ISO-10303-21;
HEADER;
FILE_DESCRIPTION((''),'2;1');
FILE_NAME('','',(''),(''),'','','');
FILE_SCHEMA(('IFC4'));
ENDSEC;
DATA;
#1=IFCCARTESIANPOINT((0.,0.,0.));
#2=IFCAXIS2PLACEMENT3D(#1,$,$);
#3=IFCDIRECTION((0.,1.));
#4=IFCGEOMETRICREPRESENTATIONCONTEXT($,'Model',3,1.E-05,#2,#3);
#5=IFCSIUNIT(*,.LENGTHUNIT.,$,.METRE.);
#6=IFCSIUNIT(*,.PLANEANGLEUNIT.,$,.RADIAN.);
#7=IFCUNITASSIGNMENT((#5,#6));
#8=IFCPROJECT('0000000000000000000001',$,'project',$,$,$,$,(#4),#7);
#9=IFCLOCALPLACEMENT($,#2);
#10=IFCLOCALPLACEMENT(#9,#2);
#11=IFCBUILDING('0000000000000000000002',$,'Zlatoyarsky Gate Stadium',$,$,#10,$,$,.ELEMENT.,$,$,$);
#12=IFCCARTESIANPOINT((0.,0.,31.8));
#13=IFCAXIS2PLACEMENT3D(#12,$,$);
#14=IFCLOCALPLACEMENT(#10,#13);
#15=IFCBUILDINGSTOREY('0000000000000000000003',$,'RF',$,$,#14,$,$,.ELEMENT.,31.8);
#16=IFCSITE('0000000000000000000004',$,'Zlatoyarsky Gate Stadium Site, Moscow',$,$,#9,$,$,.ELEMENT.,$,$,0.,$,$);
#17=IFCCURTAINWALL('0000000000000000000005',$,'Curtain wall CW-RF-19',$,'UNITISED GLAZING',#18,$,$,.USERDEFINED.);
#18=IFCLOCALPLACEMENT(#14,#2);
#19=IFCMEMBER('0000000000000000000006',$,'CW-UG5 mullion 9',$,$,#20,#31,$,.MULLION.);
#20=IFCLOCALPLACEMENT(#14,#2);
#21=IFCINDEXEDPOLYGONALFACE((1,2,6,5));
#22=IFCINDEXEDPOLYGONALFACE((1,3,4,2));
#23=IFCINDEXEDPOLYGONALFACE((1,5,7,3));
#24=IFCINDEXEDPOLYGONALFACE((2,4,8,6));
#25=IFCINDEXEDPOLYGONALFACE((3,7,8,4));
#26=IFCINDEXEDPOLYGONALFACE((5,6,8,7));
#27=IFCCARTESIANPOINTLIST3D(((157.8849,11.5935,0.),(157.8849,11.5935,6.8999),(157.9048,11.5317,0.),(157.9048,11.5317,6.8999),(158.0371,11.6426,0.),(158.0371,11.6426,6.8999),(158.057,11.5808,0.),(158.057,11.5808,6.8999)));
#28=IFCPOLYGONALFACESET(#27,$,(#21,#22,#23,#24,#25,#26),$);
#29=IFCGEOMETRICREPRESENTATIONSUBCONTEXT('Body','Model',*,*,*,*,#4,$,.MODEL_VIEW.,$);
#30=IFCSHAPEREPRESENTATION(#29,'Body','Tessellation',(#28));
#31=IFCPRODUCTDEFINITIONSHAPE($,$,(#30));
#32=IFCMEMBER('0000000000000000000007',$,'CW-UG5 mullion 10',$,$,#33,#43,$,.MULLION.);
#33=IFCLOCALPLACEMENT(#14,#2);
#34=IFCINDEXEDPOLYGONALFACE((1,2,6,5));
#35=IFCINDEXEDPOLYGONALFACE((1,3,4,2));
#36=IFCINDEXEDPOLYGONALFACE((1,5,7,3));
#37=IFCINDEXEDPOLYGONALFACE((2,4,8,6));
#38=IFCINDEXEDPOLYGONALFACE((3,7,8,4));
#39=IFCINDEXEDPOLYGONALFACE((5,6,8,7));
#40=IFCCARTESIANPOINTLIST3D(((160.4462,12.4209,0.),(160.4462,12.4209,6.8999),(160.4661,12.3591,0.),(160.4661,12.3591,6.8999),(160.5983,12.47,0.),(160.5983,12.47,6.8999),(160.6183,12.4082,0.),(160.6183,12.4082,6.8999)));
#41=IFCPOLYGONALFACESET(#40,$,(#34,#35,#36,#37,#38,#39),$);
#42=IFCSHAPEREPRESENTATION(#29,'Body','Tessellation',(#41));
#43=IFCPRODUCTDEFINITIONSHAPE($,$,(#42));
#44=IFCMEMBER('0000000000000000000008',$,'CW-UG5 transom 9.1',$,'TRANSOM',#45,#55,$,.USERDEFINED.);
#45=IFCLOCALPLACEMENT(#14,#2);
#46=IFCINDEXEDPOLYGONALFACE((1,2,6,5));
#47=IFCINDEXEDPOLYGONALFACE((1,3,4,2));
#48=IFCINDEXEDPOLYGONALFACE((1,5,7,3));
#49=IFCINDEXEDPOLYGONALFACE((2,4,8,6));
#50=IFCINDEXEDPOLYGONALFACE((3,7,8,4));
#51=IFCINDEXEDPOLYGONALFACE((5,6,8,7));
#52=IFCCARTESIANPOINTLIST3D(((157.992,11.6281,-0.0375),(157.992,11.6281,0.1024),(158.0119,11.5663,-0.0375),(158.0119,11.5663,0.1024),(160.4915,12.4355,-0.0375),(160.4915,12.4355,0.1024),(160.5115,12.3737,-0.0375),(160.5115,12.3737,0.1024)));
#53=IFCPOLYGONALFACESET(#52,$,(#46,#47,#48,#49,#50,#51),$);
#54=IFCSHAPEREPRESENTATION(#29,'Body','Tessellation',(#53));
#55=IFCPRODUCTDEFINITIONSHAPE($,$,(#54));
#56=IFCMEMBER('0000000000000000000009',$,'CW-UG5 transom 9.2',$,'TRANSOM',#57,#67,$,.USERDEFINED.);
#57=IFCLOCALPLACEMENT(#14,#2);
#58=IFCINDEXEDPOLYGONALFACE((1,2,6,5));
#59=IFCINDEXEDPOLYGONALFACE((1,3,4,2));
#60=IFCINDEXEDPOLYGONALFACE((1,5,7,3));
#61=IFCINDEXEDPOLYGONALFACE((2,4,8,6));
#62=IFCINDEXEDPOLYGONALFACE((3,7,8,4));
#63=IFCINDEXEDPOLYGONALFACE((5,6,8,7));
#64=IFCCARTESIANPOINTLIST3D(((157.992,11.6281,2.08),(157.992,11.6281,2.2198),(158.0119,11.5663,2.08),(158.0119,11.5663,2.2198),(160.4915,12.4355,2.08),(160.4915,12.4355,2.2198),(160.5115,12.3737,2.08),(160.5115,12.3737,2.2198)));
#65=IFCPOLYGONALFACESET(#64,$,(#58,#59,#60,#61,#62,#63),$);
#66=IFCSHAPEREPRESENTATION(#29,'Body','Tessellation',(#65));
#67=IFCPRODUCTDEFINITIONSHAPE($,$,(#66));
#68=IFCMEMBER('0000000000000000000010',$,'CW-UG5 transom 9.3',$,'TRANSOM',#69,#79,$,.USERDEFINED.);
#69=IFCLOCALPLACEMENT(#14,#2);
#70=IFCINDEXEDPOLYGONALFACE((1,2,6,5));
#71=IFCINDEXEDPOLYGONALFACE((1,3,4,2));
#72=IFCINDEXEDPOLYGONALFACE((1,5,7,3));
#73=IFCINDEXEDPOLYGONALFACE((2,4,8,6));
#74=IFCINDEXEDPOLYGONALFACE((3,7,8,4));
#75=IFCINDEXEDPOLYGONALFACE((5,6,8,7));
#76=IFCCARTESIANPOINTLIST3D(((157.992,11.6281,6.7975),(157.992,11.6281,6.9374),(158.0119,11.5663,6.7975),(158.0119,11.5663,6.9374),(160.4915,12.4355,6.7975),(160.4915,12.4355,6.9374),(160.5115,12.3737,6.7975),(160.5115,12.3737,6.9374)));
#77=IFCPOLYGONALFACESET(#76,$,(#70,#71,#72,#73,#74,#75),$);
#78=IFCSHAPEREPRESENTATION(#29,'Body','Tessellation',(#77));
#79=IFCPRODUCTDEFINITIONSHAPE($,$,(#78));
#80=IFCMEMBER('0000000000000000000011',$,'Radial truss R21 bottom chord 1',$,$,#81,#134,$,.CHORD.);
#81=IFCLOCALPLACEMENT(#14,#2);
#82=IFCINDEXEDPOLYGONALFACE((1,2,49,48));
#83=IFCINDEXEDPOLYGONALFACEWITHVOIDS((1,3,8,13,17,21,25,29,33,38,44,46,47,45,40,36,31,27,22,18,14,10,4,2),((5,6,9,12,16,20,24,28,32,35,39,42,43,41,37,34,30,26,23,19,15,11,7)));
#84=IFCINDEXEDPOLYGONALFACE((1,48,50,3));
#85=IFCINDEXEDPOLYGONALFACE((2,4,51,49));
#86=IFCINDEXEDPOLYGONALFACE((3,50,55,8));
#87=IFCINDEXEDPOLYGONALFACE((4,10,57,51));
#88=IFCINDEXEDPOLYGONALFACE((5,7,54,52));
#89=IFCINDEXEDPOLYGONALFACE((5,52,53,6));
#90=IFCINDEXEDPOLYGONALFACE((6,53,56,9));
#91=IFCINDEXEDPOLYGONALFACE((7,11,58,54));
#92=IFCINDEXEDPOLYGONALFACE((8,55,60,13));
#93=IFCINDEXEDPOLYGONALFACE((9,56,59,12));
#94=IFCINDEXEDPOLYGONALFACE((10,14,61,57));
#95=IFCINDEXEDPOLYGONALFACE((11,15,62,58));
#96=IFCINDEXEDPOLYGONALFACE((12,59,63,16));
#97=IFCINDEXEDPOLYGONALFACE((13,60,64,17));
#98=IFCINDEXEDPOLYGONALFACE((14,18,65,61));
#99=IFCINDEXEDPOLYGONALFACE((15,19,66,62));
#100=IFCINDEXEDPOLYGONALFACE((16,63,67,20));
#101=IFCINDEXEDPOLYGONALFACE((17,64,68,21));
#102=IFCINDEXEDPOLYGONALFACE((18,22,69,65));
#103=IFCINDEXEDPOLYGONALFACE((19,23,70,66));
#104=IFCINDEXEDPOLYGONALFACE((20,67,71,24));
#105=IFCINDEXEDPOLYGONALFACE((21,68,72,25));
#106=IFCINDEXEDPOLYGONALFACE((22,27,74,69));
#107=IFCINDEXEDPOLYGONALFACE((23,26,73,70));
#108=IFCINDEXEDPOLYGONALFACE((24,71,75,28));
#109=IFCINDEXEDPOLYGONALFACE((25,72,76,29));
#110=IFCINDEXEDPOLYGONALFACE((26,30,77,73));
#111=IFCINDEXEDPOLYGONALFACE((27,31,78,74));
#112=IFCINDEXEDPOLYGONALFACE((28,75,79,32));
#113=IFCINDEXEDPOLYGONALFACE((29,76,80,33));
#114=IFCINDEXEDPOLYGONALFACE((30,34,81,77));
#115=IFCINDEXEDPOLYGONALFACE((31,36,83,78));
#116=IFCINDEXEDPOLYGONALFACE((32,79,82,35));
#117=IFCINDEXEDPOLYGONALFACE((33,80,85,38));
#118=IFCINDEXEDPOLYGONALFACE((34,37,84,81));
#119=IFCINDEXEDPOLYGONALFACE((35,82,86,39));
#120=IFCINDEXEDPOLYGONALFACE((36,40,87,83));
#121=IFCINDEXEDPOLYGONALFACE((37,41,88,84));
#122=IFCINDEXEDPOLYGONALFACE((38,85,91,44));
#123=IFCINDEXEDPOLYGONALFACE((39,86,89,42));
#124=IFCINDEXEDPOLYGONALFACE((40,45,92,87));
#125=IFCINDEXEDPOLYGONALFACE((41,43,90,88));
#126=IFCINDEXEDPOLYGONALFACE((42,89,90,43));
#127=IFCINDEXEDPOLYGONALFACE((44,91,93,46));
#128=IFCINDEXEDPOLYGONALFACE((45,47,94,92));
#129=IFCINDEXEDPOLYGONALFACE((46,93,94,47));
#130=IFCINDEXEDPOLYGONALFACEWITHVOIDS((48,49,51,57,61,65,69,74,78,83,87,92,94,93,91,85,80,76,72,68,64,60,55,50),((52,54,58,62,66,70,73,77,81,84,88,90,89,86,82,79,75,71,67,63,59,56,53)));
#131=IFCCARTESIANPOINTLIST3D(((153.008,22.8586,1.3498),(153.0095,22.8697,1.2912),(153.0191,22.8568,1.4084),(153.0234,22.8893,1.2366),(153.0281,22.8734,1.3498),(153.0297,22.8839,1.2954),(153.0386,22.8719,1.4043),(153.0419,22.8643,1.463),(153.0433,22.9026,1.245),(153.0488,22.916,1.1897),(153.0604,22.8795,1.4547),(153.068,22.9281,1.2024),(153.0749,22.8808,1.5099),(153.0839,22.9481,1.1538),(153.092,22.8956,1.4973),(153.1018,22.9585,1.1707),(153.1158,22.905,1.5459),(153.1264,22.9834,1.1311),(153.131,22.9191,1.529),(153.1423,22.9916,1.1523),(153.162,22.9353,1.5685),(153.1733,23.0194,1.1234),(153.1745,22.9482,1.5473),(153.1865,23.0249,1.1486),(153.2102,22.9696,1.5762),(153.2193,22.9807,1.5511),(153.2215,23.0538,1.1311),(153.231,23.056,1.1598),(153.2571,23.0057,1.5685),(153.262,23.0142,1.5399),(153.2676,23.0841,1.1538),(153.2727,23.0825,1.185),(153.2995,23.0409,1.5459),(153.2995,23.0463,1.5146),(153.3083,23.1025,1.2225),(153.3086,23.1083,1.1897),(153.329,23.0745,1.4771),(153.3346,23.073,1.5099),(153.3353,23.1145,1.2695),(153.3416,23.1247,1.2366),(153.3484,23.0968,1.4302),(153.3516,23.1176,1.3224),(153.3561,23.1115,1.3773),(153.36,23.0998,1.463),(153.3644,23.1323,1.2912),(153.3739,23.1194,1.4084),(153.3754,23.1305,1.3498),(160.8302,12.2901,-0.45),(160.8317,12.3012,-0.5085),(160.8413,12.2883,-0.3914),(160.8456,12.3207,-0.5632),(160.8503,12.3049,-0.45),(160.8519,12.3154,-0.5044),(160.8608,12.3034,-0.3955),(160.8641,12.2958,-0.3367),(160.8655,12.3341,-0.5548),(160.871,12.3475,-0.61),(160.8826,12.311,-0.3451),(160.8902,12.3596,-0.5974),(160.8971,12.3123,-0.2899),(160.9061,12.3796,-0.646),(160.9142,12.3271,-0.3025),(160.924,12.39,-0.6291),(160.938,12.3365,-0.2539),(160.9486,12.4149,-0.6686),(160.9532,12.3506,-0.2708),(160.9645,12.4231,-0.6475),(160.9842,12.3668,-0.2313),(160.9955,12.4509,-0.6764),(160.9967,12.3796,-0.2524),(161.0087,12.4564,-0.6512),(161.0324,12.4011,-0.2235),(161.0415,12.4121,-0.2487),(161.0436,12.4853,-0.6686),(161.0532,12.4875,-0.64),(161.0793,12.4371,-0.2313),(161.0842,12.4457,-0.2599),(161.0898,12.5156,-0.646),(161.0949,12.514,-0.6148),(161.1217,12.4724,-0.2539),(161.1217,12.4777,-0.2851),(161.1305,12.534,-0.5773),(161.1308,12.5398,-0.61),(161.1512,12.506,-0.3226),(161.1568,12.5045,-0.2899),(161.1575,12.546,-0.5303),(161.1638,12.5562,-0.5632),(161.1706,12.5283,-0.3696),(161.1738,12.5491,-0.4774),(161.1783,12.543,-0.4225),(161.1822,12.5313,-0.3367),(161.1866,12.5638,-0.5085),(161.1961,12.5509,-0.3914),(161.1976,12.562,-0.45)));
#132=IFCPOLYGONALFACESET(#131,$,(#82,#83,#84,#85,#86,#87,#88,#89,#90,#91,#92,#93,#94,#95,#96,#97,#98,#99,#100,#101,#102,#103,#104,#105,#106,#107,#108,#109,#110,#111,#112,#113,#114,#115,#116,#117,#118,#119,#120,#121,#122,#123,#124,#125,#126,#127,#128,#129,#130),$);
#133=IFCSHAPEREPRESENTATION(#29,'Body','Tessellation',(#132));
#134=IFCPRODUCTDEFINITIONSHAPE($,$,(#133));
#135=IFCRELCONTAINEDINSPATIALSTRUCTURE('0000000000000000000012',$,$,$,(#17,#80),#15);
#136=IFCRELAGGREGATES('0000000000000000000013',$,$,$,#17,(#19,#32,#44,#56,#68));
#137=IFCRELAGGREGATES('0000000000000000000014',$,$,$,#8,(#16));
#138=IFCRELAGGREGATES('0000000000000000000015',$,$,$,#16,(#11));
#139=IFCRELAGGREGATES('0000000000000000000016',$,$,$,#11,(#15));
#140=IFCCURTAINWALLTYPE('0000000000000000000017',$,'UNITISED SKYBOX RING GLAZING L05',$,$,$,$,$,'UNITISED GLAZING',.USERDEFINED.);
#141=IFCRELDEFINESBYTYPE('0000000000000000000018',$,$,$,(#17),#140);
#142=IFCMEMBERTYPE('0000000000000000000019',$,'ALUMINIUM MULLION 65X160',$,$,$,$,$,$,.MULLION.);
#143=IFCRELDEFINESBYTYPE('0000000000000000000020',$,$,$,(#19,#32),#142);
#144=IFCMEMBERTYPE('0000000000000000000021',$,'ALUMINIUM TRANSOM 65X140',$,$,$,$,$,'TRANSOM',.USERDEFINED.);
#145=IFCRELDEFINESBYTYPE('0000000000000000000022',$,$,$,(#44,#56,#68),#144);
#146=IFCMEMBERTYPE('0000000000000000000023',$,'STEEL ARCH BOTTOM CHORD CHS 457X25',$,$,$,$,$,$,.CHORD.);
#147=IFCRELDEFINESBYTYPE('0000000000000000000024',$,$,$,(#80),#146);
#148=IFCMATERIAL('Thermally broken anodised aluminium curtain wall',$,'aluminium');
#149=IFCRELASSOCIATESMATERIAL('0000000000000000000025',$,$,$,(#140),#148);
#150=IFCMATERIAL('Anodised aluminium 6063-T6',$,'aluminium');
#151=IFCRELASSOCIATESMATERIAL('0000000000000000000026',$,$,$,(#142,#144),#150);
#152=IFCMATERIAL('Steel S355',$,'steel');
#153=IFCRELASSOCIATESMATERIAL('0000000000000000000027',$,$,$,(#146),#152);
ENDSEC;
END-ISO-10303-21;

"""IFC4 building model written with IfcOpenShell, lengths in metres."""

from ifc_helpers import new_model, si_unit, direction, frame, origin, origin_2d, place, context, subcontext, project, spatial, rectangle, hollow_circle, extrude, material, material_profile, profile_set, type_object, element, aggregate, save


model = new_model("IFC4")

# Units and contexts
model_context = context("Model", 3, precision=1e-05, world=origin(), true_north=direction((0.0, 1.0)))
body_context = subcontext(model_context, "Body", "Model", "MODEL_VIEW")
ifc_project = project(units=[si_unit("LENGTHUNIT", "METRE"), si_unit("PLANEANGLEUNIT", "RADIAN")], contexts=[model_context])

# Site, building, storey
site_placement = place(None, origin())
site = spatial("IfcSite", under=ifc_project, at=site_placement, Name="Zlatoyarsky Gate Stadium Site, Moscow", CompositionType="ELEMENT", RefElevation=0.0)
building_placement = place(site_placement, origin())
building = spatial("IfcBuilding", under=site, at=building_placement, Name="Zlatoyarsky Gate Stadium", CompositionType="ELEMENT")
storey_placement = place(building_placement, frame((0.0, 0.0, 31.8)))
storey = spatial("IfcBuildingStorey", under=building, at=storey_placement, Name="RF", CompositionType="ELEMENT", Elevation=31.8)

# Curtain wall, members
ifc_material_1 = material(Name="Thermally broken anodised aluminium curtain wall", Category="aluminium")
curtain_wall_type = type_object("IfcCurtainWallType", Name="UNITISED SKYBOX RING GLAZING L05", ElementType="UNITISED GLAZING", PredefinedType="USERDEFINED", material=ifc_material_1)
curtain_wall_placement = place(storey_placement, origin())
curtain_wall = element("IfcCurtainWall", 1, at=curtain_wall_placement, inside=storey, type_object=curtain_wall_type, Name="Curtain wall CW-RF-19", ObjectType="UNITISED GLAZING", PredefinedType="USERDEFINED")
ifc_material_2 = material(Name="Anodised aluminium 6063-T6", Category="aluminium")
ifc_material_profile_1 = material_profile(ifc_material_2, rectangle(XDim=0.0649, YDim=0.1599, at=origin_2d()), Name="ALU 65X160")
ifc_profile_set_1 = profile_set([ifc_material_profile_1], Name="Anodised aluminium 6063-T6")
member_type_1 = type_object("IfcMemberType", Name="ALUMINIUM MULLION 65X160", PredefinedType="MULLION", material=ifc_profile_set_1)
member_1_placement = place(storey_placement, frame((157.9709, 11.5872, 0.0), z_axis=(0.0, 0.0, 1.0), x_axis=(-0.307352, 0.951596, 0.0)))
member_1 = element("IfcMember", 2, at=member_1_placement, type_object=member_type_1, Name="CW-UG5 mullion 9", PredefinedType="MULLION", context=body_context, shape_type="SweptSolid", body=[
    extrude(rectangle(XDim=0.0649, YDim=0.1599, at=origin_2d()), origin(), (0.0, 0.0, 1.0), 6.8999),
])
member_2_placement = place(storey_placement, frame((160.5322, 12.4146, 0.0), z_axis=(0.0, 0.0, 1.0), x_axis=(-0.307352, 0.951596, 0.0)))
member_2 = element("IfcMember", 3, at=member_2_placement, type_object=member_type_1, Name="CW-UG5 mullion 10", PredefinedType="MULLION", context=body_context, shape_type="SweptSolid", body=[
    extrude(rectangle(XDim=0.0649, YDim=0.1599, at=origin_2d()), origin(), (0.0, 0.0, 1.0), 6.8999),
])
ifc_material_profile_2 = material_profile(ifc_material_2, rectangle(XDim=0.0649, YDim=0.1399, at=origin_2d()), Name="ALU 65X140")
ifc_profile_set_2 = profile_set([ifc_material_profile_2], Name="Anodised aluminium 6063-T6")
member_type_2 = type_object("IfcMemberType", Name="ALUMINIUM TRANSOM 65X140", ElementType="TRANSOM", PredefinedType="USERDEFINED", material=ifc_profile_set_2)
member_3_placement = place(storey_placement, frame((158.002, 11.5972, 0.0325), z_axis=(0.951589, 0.307375, 0.0), x_axis=(-0.307375, 0.951589, 0.0)))
member_3 = element("IfcMember", 4, at=member_3_placement, type_object=member_type_2, Name="CW-UG5 transom 9.1", ObjectType="TRANSOM", PredefinedType="USERDEFINED", context=body_context, shape_type="SweptSolid", body=[
    extrude(rectangle(XDim=0.0649, YDim=0.1399, at=origin_2d()), origin(), (0.0, 0.0, 1.0), 2.6267),
])
member_4_placement = place(storey_placement, frame((158.002, 11.5972, 2.1499), z_axis=(0.951589, 0.307375, 0.0), x_axis=(-0.307375, 0.951589, 0.0)))
member_4 = element("IfcMember", 5, at=member_4_placement, type_object=member_type_2, Name="CW-UG5 transom 9.2", ObjectType="TRANSOM", PredefinedType="USERDEFINED", context=body_context, shape_type="SweptSolid", body=[
    extrude(rectangle(XDim=0.0649, YDim=0.1399, at=origin_2d()), origin(), (0.0, 0.0, 1.0), 2.6267),
])
member_5_placement = place(storey_placement, frame((158.002, 11.5972, 6.8674), z_axis=(0.951589, 0.307375, 0.0), x_axis=(-0.307375, 0.951589, 0.0)))
member_5 = element("IfcMember", 6, at=member_5_placement, type_object=member_type_2, Name="CW-UG5 transom 9.3", ObjectType="TRANSOM", PredefinedType="USERDEFINED", context=body_context, shape_type="SweptSolid", body=[
    extrude(rectangle(XDim=0.0649, YDim=0.1399, at=origin_2d()), origin(), (0.0, 0.0, 1.0), 2.6267),
])

# Member
ifc_material_3 = material(Name="Steel S355", Category="steel")
ifc_material_profile_3 = material_profile(ifc_material_3, hollow_circle(Radius=0.2285, WallThickness=0.0249, at=origin_2d()), Name="CHS 457X25")
ifc_profile_set_3 = profile_set([ifc_material_profile_3], Name="Steel S355")
member_type_3 = type_object("IfcMemberType", Name="STEEL ARCH BOTTOM CHORD CHS 457X25", PredefinedType="CHORD", material=ifc_profile_set_3)
member_6_placement = place(storey_placement, frame((161.0139, 12.426, -0.45), z_axis=(-0.58942, 0.796361, 0.135618), x_axis=(-0.803787, -0.594917, 0.0)))
element("IfcMember", 7, at=member_6_placement, inside=storey, type_object=member_type_3, Name="Radial truss R21 bottom chord 1", PredefinedType="CHORD", context=body_context, shape_type="SweptSolid", body=[
    extrude(hollow_circle(Radius=0.2285, WallThickness=0.0249, at=origin_2d()), origin(), (0.0, 0.0, 1.0), 13.271),
])

aggregate(curtain_wall, [member_1, member_2, member_3, member_4, member_5])

save(model, "model.ifc")
